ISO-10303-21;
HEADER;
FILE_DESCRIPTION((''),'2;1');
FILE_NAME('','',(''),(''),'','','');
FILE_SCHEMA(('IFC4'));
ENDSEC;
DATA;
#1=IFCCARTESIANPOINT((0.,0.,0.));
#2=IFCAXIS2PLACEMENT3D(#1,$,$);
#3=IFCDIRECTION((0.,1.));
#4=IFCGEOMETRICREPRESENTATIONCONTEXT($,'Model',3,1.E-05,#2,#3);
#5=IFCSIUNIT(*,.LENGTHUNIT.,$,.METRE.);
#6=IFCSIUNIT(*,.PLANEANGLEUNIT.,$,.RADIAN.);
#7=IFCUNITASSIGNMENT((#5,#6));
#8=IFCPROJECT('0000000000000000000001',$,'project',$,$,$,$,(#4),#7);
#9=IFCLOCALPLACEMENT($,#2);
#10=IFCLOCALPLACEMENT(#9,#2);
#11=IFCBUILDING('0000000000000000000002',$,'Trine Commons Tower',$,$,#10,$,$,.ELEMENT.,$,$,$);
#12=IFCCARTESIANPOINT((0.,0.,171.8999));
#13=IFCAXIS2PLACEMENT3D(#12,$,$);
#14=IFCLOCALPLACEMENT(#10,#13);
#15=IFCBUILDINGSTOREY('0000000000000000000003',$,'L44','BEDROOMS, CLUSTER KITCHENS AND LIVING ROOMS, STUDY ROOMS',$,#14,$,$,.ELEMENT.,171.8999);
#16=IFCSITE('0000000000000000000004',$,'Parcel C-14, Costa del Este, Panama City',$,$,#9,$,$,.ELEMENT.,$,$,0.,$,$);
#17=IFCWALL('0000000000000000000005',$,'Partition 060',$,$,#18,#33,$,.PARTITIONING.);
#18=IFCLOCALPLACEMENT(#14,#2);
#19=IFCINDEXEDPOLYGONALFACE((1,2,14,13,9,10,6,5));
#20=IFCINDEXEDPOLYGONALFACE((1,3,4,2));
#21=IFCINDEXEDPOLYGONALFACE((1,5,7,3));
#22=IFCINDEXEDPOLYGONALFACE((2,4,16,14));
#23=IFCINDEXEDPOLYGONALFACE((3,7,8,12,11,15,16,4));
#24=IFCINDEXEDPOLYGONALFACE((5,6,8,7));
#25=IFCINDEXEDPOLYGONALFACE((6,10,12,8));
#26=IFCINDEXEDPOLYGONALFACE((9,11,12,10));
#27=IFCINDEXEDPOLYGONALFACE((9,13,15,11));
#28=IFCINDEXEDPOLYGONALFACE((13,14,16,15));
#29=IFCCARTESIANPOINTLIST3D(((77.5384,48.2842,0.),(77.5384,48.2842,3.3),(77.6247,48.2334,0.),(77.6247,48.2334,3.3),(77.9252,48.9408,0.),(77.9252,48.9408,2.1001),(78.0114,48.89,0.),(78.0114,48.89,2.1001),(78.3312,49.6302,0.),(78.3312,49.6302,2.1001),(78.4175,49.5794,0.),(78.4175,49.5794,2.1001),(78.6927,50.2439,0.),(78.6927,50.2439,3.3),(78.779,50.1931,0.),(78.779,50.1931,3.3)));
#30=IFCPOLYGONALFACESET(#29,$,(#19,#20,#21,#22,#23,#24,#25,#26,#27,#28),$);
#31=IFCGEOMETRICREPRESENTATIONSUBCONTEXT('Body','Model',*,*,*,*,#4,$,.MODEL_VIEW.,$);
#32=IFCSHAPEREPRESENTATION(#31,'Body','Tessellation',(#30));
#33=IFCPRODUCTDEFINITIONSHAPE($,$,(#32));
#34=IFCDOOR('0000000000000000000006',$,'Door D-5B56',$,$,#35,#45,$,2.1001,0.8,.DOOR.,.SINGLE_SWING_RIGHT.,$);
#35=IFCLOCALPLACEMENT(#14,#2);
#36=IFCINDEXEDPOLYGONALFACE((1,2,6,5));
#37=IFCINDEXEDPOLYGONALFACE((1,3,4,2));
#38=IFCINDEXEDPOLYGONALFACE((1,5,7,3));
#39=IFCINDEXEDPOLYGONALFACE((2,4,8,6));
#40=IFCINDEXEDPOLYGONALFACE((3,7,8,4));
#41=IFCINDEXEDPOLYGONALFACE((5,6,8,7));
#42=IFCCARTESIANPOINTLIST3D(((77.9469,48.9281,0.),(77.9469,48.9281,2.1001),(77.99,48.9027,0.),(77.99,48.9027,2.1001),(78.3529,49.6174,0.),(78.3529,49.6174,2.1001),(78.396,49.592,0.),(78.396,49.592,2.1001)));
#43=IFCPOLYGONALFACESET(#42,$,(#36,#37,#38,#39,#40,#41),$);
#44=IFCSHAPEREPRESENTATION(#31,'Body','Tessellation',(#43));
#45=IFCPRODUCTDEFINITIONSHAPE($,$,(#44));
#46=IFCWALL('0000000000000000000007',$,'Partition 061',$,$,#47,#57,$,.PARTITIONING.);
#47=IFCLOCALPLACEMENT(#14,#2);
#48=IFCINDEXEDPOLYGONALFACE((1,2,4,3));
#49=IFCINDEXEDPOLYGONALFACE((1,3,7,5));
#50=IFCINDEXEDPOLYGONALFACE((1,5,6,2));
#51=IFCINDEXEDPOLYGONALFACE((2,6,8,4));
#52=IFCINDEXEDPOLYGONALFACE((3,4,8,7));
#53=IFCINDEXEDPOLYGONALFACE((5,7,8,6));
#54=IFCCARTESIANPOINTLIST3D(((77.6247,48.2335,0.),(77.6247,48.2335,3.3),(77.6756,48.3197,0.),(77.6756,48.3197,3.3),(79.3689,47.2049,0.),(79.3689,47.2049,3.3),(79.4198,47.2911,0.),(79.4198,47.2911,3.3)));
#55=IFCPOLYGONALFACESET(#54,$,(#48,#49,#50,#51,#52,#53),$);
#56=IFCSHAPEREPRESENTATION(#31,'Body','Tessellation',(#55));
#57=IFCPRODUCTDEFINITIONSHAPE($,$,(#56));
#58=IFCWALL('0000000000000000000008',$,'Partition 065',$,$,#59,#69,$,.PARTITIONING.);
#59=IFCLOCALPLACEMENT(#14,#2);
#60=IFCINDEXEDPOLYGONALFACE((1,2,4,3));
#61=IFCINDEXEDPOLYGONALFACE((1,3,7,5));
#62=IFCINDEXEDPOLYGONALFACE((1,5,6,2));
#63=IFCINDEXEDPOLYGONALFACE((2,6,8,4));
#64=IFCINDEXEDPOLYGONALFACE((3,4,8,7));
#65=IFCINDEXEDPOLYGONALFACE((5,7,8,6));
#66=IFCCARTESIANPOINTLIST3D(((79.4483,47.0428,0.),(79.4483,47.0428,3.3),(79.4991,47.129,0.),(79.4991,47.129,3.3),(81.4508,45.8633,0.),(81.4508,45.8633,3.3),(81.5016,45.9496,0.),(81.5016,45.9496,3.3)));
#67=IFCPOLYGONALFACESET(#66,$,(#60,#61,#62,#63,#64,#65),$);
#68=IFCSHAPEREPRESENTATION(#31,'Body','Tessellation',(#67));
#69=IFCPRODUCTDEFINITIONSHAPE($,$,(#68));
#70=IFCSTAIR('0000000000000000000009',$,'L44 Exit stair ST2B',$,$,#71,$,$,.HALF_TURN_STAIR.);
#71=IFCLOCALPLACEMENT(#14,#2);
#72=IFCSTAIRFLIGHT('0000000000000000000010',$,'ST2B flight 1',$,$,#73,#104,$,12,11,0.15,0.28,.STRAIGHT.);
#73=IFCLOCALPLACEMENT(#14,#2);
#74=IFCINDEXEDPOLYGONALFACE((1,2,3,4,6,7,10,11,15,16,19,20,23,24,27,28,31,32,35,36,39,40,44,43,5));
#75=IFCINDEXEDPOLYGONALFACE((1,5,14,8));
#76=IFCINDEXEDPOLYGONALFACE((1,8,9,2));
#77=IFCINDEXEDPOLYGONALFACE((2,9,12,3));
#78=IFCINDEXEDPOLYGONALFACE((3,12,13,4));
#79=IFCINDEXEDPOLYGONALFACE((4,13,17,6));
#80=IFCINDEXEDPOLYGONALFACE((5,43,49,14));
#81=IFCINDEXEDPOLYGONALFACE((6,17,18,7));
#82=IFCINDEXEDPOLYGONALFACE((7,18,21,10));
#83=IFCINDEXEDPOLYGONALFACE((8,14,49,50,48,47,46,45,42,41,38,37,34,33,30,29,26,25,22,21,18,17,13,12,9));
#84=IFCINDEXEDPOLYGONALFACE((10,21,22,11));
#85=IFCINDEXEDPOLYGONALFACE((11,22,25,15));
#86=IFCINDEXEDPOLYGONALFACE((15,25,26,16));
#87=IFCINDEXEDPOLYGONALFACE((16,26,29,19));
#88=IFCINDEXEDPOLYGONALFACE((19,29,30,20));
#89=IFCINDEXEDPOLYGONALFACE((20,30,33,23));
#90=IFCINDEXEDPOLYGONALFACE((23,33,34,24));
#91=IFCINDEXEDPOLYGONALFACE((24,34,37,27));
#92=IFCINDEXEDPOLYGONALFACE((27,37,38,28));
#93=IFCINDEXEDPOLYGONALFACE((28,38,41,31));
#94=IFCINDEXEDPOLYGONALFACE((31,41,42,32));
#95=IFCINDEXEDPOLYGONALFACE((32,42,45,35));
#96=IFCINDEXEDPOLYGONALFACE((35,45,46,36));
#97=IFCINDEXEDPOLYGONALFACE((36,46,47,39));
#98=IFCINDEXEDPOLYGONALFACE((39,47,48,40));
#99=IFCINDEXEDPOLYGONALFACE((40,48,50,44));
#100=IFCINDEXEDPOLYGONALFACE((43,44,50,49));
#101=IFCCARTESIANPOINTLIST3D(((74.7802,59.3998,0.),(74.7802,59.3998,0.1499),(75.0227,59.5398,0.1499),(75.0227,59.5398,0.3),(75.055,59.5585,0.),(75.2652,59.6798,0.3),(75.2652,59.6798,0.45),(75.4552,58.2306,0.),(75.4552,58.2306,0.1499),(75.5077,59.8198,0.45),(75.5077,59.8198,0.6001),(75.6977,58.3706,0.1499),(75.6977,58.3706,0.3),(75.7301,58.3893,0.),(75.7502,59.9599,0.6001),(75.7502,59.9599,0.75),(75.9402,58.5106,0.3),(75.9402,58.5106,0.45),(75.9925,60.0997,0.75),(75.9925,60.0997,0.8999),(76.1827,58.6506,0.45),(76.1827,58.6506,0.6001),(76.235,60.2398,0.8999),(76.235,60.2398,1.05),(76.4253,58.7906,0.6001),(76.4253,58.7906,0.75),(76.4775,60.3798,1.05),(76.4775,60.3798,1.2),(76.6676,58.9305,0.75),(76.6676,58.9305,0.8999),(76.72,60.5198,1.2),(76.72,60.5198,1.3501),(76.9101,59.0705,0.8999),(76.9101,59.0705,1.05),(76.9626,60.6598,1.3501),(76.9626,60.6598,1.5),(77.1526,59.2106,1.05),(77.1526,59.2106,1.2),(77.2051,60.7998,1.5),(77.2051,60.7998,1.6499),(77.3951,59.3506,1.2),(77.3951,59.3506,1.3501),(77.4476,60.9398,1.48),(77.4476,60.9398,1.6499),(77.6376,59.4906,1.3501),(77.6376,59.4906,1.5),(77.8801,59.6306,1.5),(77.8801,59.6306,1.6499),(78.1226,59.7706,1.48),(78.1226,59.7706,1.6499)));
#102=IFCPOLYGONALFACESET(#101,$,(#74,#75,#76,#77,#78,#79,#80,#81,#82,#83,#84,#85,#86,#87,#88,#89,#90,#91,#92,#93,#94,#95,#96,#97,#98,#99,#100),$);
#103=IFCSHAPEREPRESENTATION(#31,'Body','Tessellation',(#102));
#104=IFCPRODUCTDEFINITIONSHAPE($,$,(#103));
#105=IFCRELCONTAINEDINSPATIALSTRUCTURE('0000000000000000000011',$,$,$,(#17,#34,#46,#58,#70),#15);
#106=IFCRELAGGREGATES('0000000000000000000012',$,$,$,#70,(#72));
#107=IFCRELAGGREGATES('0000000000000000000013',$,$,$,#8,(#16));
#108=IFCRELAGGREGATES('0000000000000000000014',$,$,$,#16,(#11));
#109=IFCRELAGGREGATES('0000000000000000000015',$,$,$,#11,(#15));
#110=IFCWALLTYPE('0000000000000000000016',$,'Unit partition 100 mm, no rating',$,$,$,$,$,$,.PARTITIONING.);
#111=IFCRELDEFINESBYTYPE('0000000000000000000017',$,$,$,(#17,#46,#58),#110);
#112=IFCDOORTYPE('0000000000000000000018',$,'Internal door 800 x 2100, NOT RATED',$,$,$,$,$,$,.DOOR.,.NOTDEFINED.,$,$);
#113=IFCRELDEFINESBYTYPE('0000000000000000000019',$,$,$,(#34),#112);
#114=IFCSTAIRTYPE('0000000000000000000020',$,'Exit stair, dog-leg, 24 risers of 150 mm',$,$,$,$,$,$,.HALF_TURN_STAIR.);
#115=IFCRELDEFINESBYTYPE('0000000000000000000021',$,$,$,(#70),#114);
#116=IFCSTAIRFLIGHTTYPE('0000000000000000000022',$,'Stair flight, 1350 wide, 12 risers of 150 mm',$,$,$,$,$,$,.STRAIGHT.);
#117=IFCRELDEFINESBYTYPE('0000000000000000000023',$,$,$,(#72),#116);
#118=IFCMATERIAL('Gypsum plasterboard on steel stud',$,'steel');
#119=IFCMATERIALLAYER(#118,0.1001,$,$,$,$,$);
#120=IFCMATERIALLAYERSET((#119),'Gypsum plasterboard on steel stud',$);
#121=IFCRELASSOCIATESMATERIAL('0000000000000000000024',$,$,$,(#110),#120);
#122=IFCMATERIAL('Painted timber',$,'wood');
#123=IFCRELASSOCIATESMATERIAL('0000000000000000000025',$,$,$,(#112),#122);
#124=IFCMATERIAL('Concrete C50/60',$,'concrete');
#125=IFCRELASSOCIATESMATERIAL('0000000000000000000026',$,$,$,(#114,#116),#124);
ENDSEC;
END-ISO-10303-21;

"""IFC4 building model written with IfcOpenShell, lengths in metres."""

from ifc_helpers import new_model, si_unit, direction, frame, frame_2d, origin, place, context, subcontext, project, spatial, polyline, rectangle, outline, extrude, material, layer, layer_set, type_object, element, fill, aggregate, save


model = new_model("IFC4")

# Units and contexts
model_context = context("Model", 3, precision=1e-05, world=origin(), true_north=direction((0.0, 1.0)))
body_context = subcontext(model_context, "Body", "Model", "MODEL_VIEW")
ifc_project = project(units=[si_unit("LENGTHUNIT", "METRE"), si_unit("PLANEANGLEUNIT", "RADIAN")], contexts=[model_context])

# Site, building, storey
site_placement = place(None, origin())
site = spatial("IfcSite", under=ifc_project, at=site_placement, Name="Parcel C-14, Costa del Este, Panama City", CompositionType="ELEMENT", RefElevation=0.0)
building_placement = place(site_placement, origin())
building = spatial("IfcBuilding", under=site, at=building_placement, Name="Trine Commons Tower", CompositionType="ELEMENT")
storey_placement = place(building_placement, frame((0.0, 0.0, 171.8999)))
storey = spatial("IfcBuildingStorey", under=building, at=storey_placement, Name="L44", Description="BEDROOMS, CLUSTER KITCHENS AND LIVING ROOMS, STUDY ROOMS", CompositionType="ELEMENT", Elevation=171.8999)

# Shared definitions
ifc_material_1 = material(Name="Gypsum plasterboard on steel stud", Category="steel")

# Shared definitions
ifc_material_2 = material(Name="Painted timber", Category="wood")

# Wall, opening, door
ifc_layer_1 = layer(ifc_material_1, 0.1001)
ifc_layer_set_1 = layer_set([ifc_layer_1], Name="Gypsum plasterboard on steel stud")
wall_type_1 = type_object("IfcWallType", Name="Unit partition 100 mm, no rating", PredefinedType="PARTITIONING", material=ifc_layer_set_1)
wall_1_placement = place(storey_placement, frame((77.5815, 48.2588, 0.0), z_axis=(0.0, 0.0, 1.0), x_axis=(0.507517, 0.861642, 0.0)))
wall_1 = element("IfcWall", 1, at=wall_1_placement, inside=storey, type_object=wall_type_1, Name="Partition 060", PredefinedType="PARTITIONING", context=body_context, shape_type="SweptSolid", body=[
    extrude(rectangle(XDim=2.2744, YDim=0.1001, at=frame_2d((1.1372, 0.0))), origin(), (0.0, 0.0, 1.0), 3.3),
])
opening_1_placement = place(wall_1_placement, frame((0.7622, 0.0, 0.0)))
opening_1 = element("IfcOpeningElement", 2, at=opening_1_placement, cuts=wall_1, PredefinedType="OPENING", context=body_context, shape_type="SweptSolid", body=[
    extrude(rectangle(XDim=0.8, YDim=2.1001, at=frame_2d((0.3999, 1.05))), frame((0.0, 0.0601, 0.0), z_axis=(0.0, -1.0, 0.0), x_axis=(1.0, 0.0, 0.0)), (0.0, 0.0, 1.0), 0.1201),
])
door_type_1 = type_object("IfcDoorType", Name="Internal door 800 x 2100, NOT RATED", OperationType="NOTDEFINED", PredefinedType="DOOR", material=ifc_material_2)
door_1_placement = place(opening_1_placement, origin())
door_1 = element("IfcDoor", 3, at=door_1_placement, inside=storey, type_object=door_type_1, Name="Door D-5B56", OperationType="SINGLE_SWING_RIGHT", OverallHeight=2.1001, OverallWidth=0.8, PredefinedType="DOOR", context=body_context, shape_type="SweptSolid", body=[
    extrude(rectangle(XDim=0.8, YDim=2.1001, at=frame_2d((0.3999, 1.05))), frame((0.0, 0.0249, 0.0), z_axis=(0.0, -1.0, 0.0), x_axis=(1.0, 0.0, 0.0)), (0.0, 0.0, 1.0), 0.05),
])
fill(opening_1, door_1)

# Walls
wall_2_placement = place(storey_placement, frame((77.6501, 48.2766, 0.0), z_axis=(0.0, 0.0, 1.0), x_axis=(0.861373, -0.507974, 0.0)))
element("IfcWall", 4, at=wall_2_placement, inside=storey, type_object=wall_type_1, Name="Partition 061", PredefinedType="PARTITIONING", context=body_context, shape_type="SweptSolid", body=[
    extrude(rectangle(XDim=2.0249, YDim=0.1001, at=frame_2d((1.0125, 0.0))), origin(), (0.0, 0.0, 1.0), 3.3),
])
wall_3_placement = place(storey_placement, frame((79.4736, 47.0859, 0.0), z_axis=(0.0, 0.0, 1.0), x_axis=(0.861645, -0.507511, 0.0)))
element("IfcWall", 5, at=wall_3_placement, inside=storey, type_object=wall_type_1, Name="Partition 065", PredefinedType="PARTITIONING", context=body_context, shape_type="SweptSolid", body=[
    extrude(rectangle(XDim=2.324, YDim=0.1001, at=frame_2d((1.1621, 0.0))), origin(), (0.0, 0.0, 1.0), 3.3),
])

# Stair, stair flight
ifc_material_3 = material(Name="Concrete C50/60", Category="concrete")
stair_type = type_object("IfcStairType", Name="Exit stair, dog-leg, 24 risers of 150 mm", PredefinedType="HALF_TURN_STAIR", material=ifc_material_3)
stair_placement = place(storey_placement, origin())
stair = element("IfcStair", 6, at=stair_placement, inside=storey, type_object=stair_type, Name="L44 Exit stair ST2B", PredefinedType="HALF_TURN_STAIR")
stair_flight_type = type_object("IfcStairFlightType", Name="Stair flight, 1350 wide, 12 risers of 150 mm", PredefinedType="STRAIGHT", material=ifc_material_3)
stair_flight_placement = place(storey_placement, frame((75.1177, 58.8152, 0.0), z_axis=(0.0, 0.0, 1.0), x_axis=(0.866025, 0.5, 0.0)))
stair_flight = element("IfcStairFlight", 7, at=stair_flight_placement, type_object=stair_flight_type, Name="ST2B flight 1", NumberOfRisers=12, NumberOfTreads=11, PredefinedType="STRAIGHT", RiserHeight=0.15, TreadLength=0.28, context=body_context, shape_type="SweptSolid", body=[
    extrude(outline(polyline([(0.0, 0.0), (0.0, 0.1499), (0.28, 0.1499), (0.28, 0.3), (0.5601, 0.3), (0.5601, 0.45), (0.8401, 0.45), (0.8401, 0.6001), (1.1201, 0.6001), (1.1201, 0.75), (1.3999, 0.75), (1.3999, 0.8999), (1.6799, 0.8999), (1.6799, 1.05), (1.96, 1.05), (1.96, 1.2), (2.24, 1.2), (2.24, 1.3501), (2.52, 1.3501), (2.52, 1.5), (2.8, 1.5), (2.8, 1.6499), (3.0801, 1.6499), (3.0801, 1.8), (3.0801, 1.48), (0.3174, 0.0), (0.0, 0.0)])), frame((0.0, 0.675, 0.0), z_axis=(0.0, -1.0, 0.0), x_axis=(1.0, 0.0, 0.0)), (0.0, 0.0, 1.0), 1.3501),
])
aggregate(stair, [stair_flight])

save(model, "model.ifc")
